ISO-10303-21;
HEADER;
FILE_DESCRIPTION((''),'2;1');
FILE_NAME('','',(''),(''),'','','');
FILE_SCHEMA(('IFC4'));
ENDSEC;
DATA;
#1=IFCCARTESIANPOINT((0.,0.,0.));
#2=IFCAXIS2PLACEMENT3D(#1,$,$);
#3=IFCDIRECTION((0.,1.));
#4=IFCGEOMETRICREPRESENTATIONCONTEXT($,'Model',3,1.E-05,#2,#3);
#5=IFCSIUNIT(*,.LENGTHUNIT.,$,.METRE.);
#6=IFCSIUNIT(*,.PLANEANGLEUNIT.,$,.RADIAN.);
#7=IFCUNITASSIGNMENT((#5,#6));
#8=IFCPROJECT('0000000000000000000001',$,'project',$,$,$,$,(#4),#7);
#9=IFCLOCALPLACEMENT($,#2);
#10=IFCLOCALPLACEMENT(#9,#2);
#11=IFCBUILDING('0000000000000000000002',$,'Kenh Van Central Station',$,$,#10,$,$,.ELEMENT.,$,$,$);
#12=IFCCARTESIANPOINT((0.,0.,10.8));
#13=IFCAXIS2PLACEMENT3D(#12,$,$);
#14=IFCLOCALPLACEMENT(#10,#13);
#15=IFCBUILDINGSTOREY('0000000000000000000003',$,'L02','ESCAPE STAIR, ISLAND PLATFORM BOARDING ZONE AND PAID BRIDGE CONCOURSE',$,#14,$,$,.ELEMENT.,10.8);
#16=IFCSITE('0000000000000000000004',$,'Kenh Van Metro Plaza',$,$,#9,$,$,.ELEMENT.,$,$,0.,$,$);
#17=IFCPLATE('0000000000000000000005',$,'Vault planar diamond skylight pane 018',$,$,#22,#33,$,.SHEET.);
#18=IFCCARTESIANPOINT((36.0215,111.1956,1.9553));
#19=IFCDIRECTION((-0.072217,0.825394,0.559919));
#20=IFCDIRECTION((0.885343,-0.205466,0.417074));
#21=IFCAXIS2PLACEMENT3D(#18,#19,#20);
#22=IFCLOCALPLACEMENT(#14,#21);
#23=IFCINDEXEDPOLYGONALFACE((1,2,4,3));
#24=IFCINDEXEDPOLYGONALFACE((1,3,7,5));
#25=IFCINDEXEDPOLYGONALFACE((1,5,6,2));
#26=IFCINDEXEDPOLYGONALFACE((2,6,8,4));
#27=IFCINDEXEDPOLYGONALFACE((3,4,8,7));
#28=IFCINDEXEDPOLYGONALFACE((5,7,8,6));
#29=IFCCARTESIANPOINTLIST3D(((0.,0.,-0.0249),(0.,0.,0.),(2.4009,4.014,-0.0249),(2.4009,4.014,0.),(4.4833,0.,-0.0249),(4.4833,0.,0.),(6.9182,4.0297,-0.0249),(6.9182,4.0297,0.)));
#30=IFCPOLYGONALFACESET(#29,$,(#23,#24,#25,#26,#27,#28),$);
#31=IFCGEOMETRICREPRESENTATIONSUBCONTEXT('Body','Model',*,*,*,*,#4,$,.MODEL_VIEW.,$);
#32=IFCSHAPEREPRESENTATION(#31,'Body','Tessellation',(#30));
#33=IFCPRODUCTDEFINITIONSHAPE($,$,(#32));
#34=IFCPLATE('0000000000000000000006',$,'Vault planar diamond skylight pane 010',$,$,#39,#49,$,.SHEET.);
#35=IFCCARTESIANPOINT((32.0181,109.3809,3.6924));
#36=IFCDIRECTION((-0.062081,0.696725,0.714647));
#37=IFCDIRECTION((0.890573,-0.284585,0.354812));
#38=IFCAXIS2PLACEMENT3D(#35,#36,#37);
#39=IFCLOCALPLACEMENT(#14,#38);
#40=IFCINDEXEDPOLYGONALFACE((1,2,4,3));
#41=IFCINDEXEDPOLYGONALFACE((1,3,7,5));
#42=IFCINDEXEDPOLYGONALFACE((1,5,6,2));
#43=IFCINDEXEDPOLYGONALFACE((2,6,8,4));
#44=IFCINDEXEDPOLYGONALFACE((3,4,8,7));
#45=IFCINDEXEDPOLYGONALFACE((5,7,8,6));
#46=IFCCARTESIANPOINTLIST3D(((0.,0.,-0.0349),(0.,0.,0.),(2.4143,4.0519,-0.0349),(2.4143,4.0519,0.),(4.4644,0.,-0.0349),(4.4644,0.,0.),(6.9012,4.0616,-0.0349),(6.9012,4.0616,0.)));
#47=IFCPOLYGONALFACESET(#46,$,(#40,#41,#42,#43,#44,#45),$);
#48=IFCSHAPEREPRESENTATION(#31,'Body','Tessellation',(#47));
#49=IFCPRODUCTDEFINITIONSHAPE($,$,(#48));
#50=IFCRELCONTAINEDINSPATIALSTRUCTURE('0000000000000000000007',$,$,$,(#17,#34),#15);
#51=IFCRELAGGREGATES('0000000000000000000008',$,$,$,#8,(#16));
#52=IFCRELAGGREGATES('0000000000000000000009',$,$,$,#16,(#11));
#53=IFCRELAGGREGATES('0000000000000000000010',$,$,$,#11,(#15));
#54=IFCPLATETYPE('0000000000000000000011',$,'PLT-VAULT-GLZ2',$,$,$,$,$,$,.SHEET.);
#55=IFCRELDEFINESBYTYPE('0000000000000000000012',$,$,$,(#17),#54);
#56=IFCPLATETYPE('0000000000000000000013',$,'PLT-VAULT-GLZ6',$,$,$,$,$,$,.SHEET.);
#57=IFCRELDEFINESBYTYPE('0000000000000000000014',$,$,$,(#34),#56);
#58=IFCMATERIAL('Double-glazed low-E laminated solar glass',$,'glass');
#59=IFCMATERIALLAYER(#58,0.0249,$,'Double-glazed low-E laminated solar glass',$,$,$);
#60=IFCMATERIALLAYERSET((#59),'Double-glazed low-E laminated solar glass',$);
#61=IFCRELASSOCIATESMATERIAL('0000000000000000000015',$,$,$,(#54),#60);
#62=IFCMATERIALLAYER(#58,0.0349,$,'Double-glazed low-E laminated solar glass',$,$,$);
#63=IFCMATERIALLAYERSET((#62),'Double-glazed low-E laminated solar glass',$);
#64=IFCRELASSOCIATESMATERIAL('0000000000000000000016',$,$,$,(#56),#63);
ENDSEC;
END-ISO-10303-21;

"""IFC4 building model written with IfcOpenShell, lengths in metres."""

from ifc_helpers import new_model, si_unit, direction, frame, origin, place, context, subcontext, project, spatial, polyline, outline, extrude, material, layer, layer_set, type_object, element, save


model = new_model("IFC4")

# Units and contexts
model_context = context("Model", 3, precision=1e-05, world=origin(), true_north=direction((0.0, 1.0)))
body_context = subcontext(model_context, "Body", "Model", "MODEL_VIEW")
ifc_project = project(units=[si_unit("LENGTHUNIT", "METRE"), si_unit("PLANEANGLEUNIT", "RADIAN")], contexts=[model_context])

# Site, building, storey
site_placement = place(None, origin())
site = spatial("IfcSite", under=ifc_project, at=site_placement, Name="Kenh Van Metro Plaza", CompositionType="ELEMENT", RefElevation=0.0)
building_placement = place(site_placement, origin())
building = spatial("IfcBuilding", under=site, at=building_placement, Name="Kenh Van Central Station", CompositionType="ELEMENT")
storey_placement = place(building_placement, frame((0.0, 0.0, 10.8)))
storey = spatial("IfcBuildingStorey", under=building, at=storey_placement, Name="L02", Description="ESCAPE STAIR, ISLAND PLATFORM BOARDING ZONE AND PAID BRIDGE CONCOURSE", CompositionType="ELEMENT", Elevation=10.8)

# Plates
ifc_material_1 = material(Name="Double-glazed low-E laminated solar glass", Category="glass")
ifc_layer_1 = layer(ifc_material_1, 0.0249, Name="Double-glazed low-E laminated solar glass")
ifc_layer_set_1 = layer_set([ifc_layer_1], Name="Double-glazed low-E laminated solar glass")
plate_type_1 = type_object("IfcPlateType", Name="PLT-VAULT-GLZ2", PredefinedType="SHEET", material=ifc_layer_set_1)
plate_1_placement = place(storey_placement, frame((36.0215, 111.1956, 1.9553), z_axis=(-0.072217, 0.825394, 0.559919), x_axis=(0.885343, -0.205466, 0.417074)))
element("IfcPlate", 1, at=plate_1_placement, inside=storey, type_object=plate_type_1, Name="Vault planar diamond skylight pane 018", PredefinedType="SHEET", context=body_context, shape_type="SweptSolid", body=[
    extrude(outline(polyline([(0.0, 0.0), (4.4833, 0.0), (6.9182, 4.0297), (2.4009, 4.014), (0.0, 0.0)])), origin(), (0.0, 0.0, -1.0), 0.0249),
])
ifc_layer_2 = layer(ifc_material_1, 0.0349, Name="Double-glazed low-E laminated solar glass")
ifc_layer_set_2 = layer_set([ifc_layer_2], Name="Double-glazed low-E laminated solar glass")
plate_type_2 = type_object("IfcPlateType", Name="PLT-VAULT-GLZ6", PredefinedType="SHEET", material=ifc_layer_set_2)
plate_2_placement = place(storey_placement, frame((32.0181, 109.3809, 3.6924), z_axis=(-0.062081, 0.696725, 0.714647), x_axis=(0.890573, -0.284585, 0.354812)))
element("IfcPlate", 2, at=plate_2_placement, inside=storey, type_object=plate_type_2, Name="Vault planar diamond skylight pane 010", PredefinedType="SHEET", context=body_context, shape_type="SweptSolid", body=[
    extrude(outline(polyline([(0.0, 0.0), (4.4644, 0.0), (6.9012, 4.0616), (2.4143, 4.0519), (0.0, 0.0)])), origin(), (0.0, 0.0, -1.0), 0.0349),
])

save(model, "model.ifc")
